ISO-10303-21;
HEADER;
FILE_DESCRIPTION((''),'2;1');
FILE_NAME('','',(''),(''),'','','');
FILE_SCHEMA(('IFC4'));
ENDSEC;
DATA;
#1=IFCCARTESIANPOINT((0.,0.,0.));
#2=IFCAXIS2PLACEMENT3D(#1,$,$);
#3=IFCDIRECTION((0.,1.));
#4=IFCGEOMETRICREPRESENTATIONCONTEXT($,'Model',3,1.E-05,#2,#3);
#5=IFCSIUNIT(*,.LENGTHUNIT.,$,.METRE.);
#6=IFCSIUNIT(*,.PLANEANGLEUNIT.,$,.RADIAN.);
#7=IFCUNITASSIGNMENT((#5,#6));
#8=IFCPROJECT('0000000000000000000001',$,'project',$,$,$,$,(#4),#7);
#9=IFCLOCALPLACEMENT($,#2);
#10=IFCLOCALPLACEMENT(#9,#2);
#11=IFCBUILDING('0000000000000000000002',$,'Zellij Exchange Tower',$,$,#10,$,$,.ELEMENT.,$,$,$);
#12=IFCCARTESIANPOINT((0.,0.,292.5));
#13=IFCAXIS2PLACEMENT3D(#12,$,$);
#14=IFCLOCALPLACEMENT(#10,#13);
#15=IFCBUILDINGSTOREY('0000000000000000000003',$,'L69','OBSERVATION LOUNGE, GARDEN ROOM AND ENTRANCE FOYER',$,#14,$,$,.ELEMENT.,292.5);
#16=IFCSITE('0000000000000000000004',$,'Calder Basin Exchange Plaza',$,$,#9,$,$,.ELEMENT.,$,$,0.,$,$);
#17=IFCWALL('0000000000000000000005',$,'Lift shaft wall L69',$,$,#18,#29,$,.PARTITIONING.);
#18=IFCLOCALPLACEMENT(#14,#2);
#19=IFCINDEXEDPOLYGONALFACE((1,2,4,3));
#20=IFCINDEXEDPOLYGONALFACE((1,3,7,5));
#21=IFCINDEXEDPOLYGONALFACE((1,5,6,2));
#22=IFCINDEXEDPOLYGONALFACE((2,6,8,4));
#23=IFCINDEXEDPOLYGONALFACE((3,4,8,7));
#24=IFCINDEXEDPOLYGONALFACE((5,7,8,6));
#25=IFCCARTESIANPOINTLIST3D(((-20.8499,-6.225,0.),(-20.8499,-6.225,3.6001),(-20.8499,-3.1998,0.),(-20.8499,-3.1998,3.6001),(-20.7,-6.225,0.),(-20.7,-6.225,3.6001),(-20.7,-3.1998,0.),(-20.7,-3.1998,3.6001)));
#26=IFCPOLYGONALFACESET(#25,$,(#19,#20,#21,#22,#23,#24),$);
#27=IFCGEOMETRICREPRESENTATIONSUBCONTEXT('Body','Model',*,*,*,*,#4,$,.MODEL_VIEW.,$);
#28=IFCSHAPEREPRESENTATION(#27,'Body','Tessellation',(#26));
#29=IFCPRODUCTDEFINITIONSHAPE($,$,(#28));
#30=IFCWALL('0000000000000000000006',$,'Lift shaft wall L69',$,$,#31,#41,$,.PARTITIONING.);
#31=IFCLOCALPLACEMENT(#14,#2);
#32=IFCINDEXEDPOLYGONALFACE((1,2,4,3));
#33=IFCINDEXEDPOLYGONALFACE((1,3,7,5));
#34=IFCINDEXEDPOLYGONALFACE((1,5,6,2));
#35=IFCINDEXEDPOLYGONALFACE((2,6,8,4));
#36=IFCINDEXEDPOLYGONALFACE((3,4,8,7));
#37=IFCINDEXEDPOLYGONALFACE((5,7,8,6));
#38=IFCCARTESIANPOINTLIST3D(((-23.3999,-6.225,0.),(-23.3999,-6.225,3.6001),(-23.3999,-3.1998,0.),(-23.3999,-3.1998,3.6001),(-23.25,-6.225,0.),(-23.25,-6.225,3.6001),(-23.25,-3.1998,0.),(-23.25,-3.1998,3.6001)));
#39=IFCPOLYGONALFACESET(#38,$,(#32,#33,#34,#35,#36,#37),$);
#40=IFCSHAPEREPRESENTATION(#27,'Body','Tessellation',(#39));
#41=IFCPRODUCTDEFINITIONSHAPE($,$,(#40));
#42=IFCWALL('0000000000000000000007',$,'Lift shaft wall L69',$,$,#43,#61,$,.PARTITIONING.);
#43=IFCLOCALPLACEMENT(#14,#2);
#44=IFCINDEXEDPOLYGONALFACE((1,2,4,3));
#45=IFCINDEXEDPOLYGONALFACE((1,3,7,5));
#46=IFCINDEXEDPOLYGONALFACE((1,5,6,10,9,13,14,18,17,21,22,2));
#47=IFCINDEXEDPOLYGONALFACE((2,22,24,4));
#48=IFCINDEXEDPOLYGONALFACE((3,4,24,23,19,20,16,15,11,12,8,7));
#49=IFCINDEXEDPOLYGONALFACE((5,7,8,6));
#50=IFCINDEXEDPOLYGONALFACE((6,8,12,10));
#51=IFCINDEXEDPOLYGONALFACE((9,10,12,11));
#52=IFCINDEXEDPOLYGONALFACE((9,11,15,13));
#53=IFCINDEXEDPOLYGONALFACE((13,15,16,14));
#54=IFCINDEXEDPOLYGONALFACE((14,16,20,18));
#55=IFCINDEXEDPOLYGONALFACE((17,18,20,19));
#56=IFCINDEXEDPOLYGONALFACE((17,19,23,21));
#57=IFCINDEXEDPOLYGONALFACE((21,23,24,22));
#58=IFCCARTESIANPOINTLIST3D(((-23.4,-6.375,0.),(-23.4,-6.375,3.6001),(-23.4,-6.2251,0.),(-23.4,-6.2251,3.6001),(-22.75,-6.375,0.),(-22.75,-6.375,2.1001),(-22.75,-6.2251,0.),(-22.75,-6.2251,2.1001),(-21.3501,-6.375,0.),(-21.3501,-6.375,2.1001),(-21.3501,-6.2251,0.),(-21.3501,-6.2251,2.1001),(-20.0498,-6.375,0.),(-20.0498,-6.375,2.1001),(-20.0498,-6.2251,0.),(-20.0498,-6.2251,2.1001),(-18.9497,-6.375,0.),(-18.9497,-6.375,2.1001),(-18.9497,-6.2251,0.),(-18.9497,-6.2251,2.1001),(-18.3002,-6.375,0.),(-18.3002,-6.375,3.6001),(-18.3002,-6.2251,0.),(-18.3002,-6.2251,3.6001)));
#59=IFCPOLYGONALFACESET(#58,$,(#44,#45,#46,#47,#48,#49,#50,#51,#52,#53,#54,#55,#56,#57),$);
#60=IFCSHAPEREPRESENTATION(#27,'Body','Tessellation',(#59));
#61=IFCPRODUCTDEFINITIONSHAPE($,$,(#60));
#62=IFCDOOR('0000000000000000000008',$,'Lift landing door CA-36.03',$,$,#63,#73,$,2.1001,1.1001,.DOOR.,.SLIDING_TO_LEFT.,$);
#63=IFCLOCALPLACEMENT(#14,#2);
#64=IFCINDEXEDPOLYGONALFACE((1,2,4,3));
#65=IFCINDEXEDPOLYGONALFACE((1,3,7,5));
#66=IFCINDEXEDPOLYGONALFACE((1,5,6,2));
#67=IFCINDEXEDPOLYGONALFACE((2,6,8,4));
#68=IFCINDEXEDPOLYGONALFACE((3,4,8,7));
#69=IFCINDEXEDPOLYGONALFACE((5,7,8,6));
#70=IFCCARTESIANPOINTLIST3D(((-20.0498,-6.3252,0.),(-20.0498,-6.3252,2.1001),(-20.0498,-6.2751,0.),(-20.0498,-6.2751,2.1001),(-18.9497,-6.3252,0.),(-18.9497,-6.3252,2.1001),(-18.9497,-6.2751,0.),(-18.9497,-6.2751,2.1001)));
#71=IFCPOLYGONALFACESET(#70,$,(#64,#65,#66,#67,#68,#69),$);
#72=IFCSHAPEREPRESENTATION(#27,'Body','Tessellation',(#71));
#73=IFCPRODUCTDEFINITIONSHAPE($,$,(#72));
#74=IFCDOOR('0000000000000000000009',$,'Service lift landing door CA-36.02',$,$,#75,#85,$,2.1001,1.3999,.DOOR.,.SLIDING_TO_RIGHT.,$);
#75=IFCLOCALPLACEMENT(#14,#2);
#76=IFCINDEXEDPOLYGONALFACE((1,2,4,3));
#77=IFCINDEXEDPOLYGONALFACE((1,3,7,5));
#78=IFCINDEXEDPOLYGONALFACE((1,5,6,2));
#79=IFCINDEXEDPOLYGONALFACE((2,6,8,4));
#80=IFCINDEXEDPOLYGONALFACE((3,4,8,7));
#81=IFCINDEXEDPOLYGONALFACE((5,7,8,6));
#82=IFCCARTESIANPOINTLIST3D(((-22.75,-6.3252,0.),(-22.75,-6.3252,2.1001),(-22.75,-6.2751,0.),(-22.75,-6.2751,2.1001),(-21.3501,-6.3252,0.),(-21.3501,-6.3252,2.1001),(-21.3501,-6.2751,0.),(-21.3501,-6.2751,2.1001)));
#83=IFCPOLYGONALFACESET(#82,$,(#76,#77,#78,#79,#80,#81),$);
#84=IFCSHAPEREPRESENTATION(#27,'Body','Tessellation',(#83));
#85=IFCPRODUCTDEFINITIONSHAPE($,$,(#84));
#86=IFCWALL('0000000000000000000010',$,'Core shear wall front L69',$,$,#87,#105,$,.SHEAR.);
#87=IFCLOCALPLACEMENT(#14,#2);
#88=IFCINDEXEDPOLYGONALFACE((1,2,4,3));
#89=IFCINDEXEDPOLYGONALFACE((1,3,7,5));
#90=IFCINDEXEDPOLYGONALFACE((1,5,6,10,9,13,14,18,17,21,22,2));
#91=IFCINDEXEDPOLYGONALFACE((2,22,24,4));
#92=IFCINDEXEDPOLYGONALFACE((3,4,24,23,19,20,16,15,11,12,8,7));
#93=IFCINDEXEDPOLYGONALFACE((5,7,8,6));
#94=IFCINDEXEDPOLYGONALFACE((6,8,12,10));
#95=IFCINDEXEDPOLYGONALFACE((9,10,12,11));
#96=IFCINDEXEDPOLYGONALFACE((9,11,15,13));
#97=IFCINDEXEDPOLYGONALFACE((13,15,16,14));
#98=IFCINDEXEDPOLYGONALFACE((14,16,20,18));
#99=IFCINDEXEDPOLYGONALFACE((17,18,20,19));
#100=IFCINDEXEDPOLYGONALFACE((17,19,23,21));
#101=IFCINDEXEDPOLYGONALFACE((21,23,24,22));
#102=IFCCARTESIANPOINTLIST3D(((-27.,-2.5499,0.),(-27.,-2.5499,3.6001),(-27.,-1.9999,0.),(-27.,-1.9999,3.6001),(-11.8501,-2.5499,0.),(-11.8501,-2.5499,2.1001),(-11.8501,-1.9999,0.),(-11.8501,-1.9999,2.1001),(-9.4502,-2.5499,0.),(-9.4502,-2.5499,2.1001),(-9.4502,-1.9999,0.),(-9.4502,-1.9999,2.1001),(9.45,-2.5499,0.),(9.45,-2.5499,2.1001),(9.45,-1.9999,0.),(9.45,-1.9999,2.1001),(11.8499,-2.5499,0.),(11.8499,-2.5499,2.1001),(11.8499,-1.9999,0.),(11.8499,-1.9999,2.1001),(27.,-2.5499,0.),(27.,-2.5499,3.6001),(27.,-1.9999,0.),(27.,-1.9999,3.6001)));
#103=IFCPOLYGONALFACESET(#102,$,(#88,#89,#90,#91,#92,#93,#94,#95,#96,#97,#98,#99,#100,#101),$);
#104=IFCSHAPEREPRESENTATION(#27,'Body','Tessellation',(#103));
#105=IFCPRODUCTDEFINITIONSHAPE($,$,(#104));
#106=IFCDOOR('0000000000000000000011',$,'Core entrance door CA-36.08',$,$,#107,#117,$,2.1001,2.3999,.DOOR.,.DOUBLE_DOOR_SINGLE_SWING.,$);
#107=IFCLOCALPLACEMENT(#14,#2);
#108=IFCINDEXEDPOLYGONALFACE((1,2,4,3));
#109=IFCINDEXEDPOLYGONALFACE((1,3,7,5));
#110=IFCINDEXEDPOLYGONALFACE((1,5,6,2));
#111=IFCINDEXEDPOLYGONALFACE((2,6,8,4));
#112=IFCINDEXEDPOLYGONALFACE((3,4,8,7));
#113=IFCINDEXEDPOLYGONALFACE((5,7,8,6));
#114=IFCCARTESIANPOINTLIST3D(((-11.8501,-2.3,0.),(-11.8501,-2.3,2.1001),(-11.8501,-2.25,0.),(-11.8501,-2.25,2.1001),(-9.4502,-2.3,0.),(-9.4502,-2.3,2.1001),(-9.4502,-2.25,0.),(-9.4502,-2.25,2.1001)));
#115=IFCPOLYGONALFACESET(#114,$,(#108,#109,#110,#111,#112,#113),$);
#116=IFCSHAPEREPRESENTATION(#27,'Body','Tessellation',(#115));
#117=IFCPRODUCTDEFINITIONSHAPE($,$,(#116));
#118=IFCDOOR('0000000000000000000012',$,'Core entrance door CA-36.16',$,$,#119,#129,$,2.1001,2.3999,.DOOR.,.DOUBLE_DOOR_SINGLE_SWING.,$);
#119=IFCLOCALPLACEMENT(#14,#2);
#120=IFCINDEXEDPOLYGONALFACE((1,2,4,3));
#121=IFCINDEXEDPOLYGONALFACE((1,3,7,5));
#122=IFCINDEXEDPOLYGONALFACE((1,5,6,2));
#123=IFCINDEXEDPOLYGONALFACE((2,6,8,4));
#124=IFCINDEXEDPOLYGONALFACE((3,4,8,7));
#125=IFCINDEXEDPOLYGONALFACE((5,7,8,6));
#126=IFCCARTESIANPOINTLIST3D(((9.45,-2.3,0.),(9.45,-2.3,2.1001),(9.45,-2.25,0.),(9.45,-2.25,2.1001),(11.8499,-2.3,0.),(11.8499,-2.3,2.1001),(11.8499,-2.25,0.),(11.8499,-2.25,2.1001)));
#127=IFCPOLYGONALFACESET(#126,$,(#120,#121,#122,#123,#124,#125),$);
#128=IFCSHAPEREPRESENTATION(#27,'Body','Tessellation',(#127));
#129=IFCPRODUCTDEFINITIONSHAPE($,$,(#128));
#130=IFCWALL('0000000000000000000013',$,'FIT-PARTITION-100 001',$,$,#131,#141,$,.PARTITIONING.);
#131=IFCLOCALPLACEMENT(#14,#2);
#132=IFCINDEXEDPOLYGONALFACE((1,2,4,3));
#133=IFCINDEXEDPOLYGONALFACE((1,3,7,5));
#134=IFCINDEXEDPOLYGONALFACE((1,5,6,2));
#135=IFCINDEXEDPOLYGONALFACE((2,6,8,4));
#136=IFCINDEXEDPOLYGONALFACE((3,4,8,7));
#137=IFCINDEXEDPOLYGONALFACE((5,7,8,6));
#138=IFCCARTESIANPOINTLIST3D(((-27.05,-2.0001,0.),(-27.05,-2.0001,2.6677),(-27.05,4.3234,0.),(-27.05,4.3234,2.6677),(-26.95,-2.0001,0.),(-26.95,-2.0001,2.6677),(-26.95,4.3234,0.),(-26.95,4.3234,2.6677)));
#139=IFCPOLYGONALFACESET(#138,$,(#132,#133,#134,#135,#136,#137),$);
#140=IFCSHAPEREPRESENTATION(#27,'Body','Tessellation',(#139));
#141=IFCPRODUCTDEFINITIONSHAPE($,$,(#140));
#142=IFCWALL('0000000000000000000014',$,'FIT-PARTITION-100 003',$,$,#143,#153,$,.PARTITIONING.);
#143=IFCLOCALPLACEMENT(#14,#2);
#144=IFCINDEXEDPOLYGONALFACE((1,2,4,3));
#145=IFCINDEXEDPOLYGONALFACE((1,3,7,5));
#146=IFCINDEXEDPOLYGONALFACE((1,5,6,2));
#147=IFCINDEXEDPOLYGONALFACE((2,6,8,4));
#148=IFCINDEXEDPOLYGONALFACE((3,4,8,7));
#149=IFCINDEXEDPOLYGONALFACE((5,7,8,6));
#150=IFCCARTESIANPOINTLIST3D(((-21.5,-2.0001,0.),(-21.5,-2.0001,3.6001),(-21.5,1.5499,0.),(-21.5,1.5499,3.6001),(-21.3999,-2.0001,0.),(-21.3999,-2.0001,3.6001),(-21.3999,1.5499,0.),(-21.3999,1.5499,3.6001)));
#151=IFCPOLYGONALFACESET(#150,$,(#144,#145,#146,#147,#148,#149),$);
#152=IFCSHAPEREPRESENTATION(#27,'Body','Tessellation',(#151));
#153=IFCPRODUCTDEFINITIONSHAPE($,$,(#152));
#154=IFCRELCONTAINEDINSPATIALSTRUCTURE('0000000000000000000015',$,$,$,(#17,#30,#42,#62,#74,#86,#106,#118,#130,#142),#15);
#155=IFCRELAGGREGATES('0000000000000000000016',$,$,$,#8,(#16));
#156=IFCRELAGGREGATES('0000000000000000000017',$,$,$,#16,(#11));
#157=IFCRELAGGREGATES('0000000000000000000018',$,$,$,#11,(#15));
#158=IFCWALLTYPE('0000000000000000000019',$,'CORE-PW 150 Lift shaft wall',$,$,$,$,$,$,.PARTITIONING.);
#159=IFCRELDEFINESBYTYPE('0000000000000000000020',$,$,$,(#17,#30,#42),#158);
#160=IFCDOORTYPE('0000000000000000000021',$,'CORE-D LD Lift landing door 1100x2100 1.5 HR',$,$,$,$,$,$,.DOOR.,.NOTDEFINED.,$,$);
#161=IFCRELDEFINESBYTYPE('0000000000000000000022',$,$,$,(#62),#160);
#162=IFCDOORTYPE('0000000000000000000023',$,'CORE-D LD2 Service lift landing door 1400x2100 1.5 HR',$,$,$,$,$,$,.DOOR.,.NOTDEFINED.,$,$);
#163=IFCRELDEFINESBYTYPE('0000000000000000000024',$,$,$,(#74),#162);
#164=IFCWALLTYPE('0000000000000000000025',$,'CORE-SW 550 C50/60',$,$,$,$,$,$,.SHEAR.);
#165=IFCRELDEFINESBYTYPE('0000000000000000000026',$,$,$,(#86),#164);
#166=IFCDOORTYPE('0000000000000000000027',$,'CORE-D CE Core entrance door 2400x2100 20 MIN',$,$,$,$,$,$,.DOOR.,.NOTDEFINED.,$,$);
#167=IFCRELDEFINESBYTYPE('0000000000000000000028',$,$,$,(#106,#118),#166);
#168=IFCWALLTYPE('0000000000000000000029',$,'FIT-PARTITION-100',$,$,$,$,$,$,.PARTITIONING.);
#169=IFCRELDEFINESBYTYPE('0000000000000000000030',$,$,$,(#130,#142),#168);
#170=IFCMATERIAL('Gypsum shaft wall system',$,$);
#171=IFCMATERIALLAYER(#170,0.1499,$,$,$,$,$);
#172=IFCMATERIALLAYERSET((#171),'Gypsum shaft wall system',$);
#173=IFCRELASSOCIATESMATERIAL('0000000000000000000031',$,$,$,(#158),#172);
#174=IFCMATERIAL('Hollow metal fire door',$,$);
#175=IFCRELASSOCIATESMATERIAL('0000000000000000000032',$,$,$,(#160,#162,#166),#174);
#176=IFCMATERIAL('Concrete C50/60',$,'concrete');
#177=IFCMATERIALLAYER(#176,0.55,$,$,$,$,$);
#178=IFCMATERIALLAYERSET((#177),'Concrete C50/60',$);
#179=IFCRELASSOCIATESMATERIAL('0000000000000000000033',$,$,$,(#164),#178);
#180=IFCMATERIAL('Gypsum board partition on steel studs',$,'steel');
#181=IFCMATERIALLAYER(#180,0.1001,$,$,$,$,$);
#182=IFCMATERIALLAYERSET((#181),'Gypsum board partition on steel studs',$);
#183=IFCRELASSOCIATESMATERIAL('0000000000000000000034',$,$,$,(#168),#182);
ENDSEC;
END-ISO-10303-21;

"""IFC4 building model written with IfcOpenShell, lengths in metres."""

from ifc_helpers import new_model, si_unit, direction, frame, frame_2d, origin, place, context, subcontext, project, spatial, rectangle, extrude, material, layer, layer_set, type_object, element, fill, save


model = new_model("IFC4")

# Units and contexts
model_context = context("Model", 3, precision=1e-05, world=origin(), true_north=direction((0.0, 1.0)))
body_context = subcontext(model_context, "Body", "Model", "MODEL_VIEW")
ifc_project = project(units=[si_unit("LENGTHUNIT", "METRE"), si_unit("PLANEANGLEUNIT", "RADIAN")], contexts=[model_context])

# Site, building, storey
site_placement = place(None, origin())
site = spatial("IfcSite", under=ifc_project, at=site_placement, Name="Calder Basin Exchange Plaza", CompositionType="ELEMENT", RefElevation=0.0)
building_placement = place(site_placement, origin())
building = spatial("IfcBuilding", under=site, at=building_placement, Name="Zellij Exchange Tower", CompositionType="ELEMENT")
storey_placement = place(building_placement, frame((0.0, 0.0, 292.5)))
storey = spatial("IfcBuildingStorey", under=building, at=storey_placement, Name="L69", Description="OBSERVATION LOUNGE, GARDEN ROOM AND ENTRANCE FOYER", CompositionType="ELEMENT", Elevation=292.5)

# Walls
ifc_material_1 = material(Name="Gypsum shaft wall system")
ifc_layer_1 = layer(ifc_material_1, 0.1499)
ifc_layer_set_1 = layer_set([ifc_layer_1], Name="Gypsum shaft wall system")
wall_type_1 = type_object("IfcWallType", Name="CORE-PW 150 Lift shaft wall", PredefinedType="PARTITIONING", material=ifc_layer_set_1)
for number, where, z_axis, x_axis, name in (
    (1, (-20.7749, -6.2251, 0.0), (0.0, 0.0, 1.0), (0.0, 1.0, 0.0), "Lift shaft wall L69"),
    (2, (-23.325, -6.2251, 0.0), (0.0, 0.0, 1.0), (0.0, 1.0, 0.0), "Lift shaft wall L69"),
):
    element("IfcWall", number, at=place(storey_placement, frame(where, z_axis=z_axis, x_axis=x_axis)), inside=storey, type_object=wall_type_1, Name=name, PredefinedType="PARTITIONING", context=body_context, shape_type="SweptSolid", body=[
        extrude(rectangle(XDim=3.0251, YDim=0.1499, at=frame_2d((1.5127, 0.0))), origin(), (0.0, 0.0, 1.0), 3.6001),
    ])

# Walls, openings, doors
wall_1_placement = place(storey_placement, frame((-23.3999, -6.3, 0.0), z_axis=(0.0, 0.0, 1.0), x_axis=(1.0, 0.0, 0.0)))
wall_1 = element("IfcWall", 3, at=wall_1_placement, inside=storey, type_object=wall_type_1, Name="Lift shaft wall L69", PredefinedType="PARTITIONING", context=body_context, shape_type="SweptSolid", body=[
    extrude(rectangle(XDim=5.0999, YDim=0.1499, at=frame_2d((2.5498, 0.0))), origin(), (0.0, 0.0, 1.0), 3.6001),
])
opening_1_placement = place(wall_1_placement, frame((0.6499, 0.0, 0.0)))
opening_1 = element("IfcOpeningElement", 4, at=opening_1_placement, cuts=wall_1, PredefinedType="OPENING", context=body_context, shape_type="SweptSolid", body=[
    extrude(rectangle(XDim=1.3999, YDim=2.1001, at=frame_2d((0.7, 1.05))), frame((0.0, 0.0869, 0.0), z_axis=(0.0, -1.0, 0.0), x_axis=(1.0, 0.0, 0.0)), (0.0, 0.0, 1.0), 0.1738),
])
opening_2_placement = place(wall_1_placement, frame((3.3501, 0.0, 0.0)))
opening_2 = element("IfcOpeningElement", 5, at=opening_2_placement, cuts=wall_1, PredefinedType="OPENING", context=body_context, shape_type="SweptSolid", body=[
    extrude(rectangle(XDim=1.1001, YDim=2.1001, at=frame_2d((0.55, 1.05))), frame((0.0, 0.0869, 0.0), z_axis=(0.0, -1.0, 0.0), x_axis=(1.0, 0.0, 0.0)), (0.0, 0.0, 1.0), 0.1738),
])
ifc_material_2 = material(Name="Hollow metal fire door")
door_type_1 = type_object("IfcDoorType", Name="CORE-D LD Lift landing door 1100x2100 1.5 HR", OperationType="NOTDEFINED", PredefinedType="DOOR", material=ifc_material_2)
door_1_placement = place(opening_2_placement, origin())
door_1 = element("IfcDoor", 6, at=door_1_placement, inside=storey, type_object=door_type_1, Name="Lift landing door CA-36.03", OperationType="SLIDING_TO_LEFT", OverallHeight=2.1001, OverallWidth=1.1001, PredefinedType="DOOR", context=body_context, shape_type="SweptSolid", body=[
    extrude(rectangle(XDim=1.1001, YDim=2.1001, at=frame_2d((0.55, 1.05))), frame((0.0, 0.0249, 0.0), z_axis=(0.0, -1.0, 0.0), x_axis=(1.0, 0.0, 0.0)), (0.0, 0.0, 1.0), 0.05),
])
fill(opening_2, door_1)
door_type_2 = type_object("IfcDoorType", Name="CORE-D LD2 Service lift landing door 1400x2100 1.5 HR", OperationType="NOTDEFINED", PredefinedType="DOOR", material=ifc_material_2)
door_2_placement = place(opening_1_placement, origin())
door_2 = element("IfcDoor", 7, at=door_2_placement, inside=storey, type_object=door_type_2, Name="Service lift landing door CA-36.02", OperationType="SLIDING_TO_RIGHT", OverallHeight=2.1001, OverallWidth=1.3999, PredefinedType="DOOR", context=body_context, shape_type="SweptSolid", body=[
    extrude(rectangle(XDim=1.3999, YDim=2.1001, at=frame_2d((0.7, 1.05))), frame((0.0, 0.0249, 0.0), z_axis=(0.0, -1.0, 0.0), x_axis=(1.0, 0.0, 0.0)), (0.0, 0.0, 1.0), 0.05),
])
fill(opening_1, door_2)
ifc_material_3 = material(Name="Concrete C50/60", Category="concrete")
ifc_layer_2 = layer(ifc_material_3, 0.55)
ifc_layer_set_2 = layer_set([ifc_layer_2], Name="Concrete C50/60")
wall_type_2 = type_object("IfcWallType", Name="CORE-SW 550 C50/60", PredefinedType="SHEAR", material=ifc_layer_set_2)
wall_2_placement = place(storey_placement, frame((-27.0, -2.2749, 0.0), z_axis=(0.0, 0.0, 1.0), x_axis=(1.0, 0.0, 0.0)))
wall_2 = element("IfcWall", 8, at=wall_2_placement, inside=storey, type_object=wall_type_2, Name="Core shear wall front L69", PredefinedType="SHEAR", context=body_context, shape_type="SweptSolid", body=[
    extrude(rectangle(XDim=54.0, YDim=0.55, at=frame_2d((27.0, 0.0))), origin(), (0.0, 0.0, 1.0), 3.6001),
])
opening_3_placement = place(wall_2_placement, frame((15.1499, 0.0, 0.0)))
opening_3 = element("IfcOpeningElement", 9, at=opening_3_placement, cuts=wall_2, PredefinedType="OPENING", context=body_context, shape_type="SweptSolid", body=[
    extrude(rectangle(XDim=2.3999, YDim=2.1001, at=frame_2d((1.2, 1.05))), frame((0.0, 0.2871, 0.0), z_axis=(0.0, -1.0, 0.0), x_axis=(1.0, 0.0, 0.0)), (0.0, 0.0, 1.0), 0.574),
])
opening_4_placement = place(wall_2_placement, frame((36.45, 0.0, 0.0)))
opening_4 = element("IfcOpeningElement", 10, at=opening_4_placement, cuts=wall_2, PredefinedType="OPENING", context=body_context, shape_type="SweptSolid", body=[
    extrude(rectangle(XDim=2.3999, YDim=2.1001, at=frame_2d((1.2, 1.05))), frame((0.0, 0.2871, 0.0), z_axis=(0.0, -1.0, 0.0), x_axis=(1.0, 0.0, 0.0)), (0.0, 0.0, 1.0), 0.574),
])
door_type_3 = type_object("IfcDoorType", Name="CORE-D CE Core entrance door 2400x2100 20 MIN", OperationType="NOTDEFINED", PredefinedType="DOOR", material=ifc_material_2)
door_3_placement = place(opening_3_placement, origin())
door_3 = element("IfcDoor", 11, at=door_3_placement, inside=storey, type_object=door_type_3, Name="Core entrance door CA-36.08", OperationType="DOUBLE_DOOR_SINGLE_SWING", OverallHeight=2.1001, OverallWidth=2.3999, PredefinedType="DOOR", context=body_context, shape_type="SweptSolid", body=[
    extrude(rectangle(XDim=2.3999, YDim=2.1001, at=frame_2d((1.2, 1.05))), frame((0.0, 0.0249, 0.0), z_axis=(0.0, -1.0, 0.0), x_axis=(1.0, 0.0, 0.0)), (0.0, 0.0, 1.0), 0.05),
])
fill(opening_3, door_3)
door_4_placement = place(opening_4_placement, origin())
door_4 = element("IfcDoor", 12, at=door_4_placement, inside=storey, type_object=door_type_3, Name="Core entrance door CA-36.16", OperationType="DOUBLE_DOOR_SINGLE_SWING", OverallHeight=2.1001, OverallWidth=2.3999, PredefinedType="DOOR", context=body_context, shape_type="SweptSolid", body=[
    extrude(rectangle(XDim=2.3999, YDim=2.1001, at=frame_2d((1.2, 1.05))), frame((0.0, 0.0249, 0.0), z_axis=(0.0, -1.0, 0.0), x_axis=(1.0, 0.0, 0.0)), (0.0, 0.0, 1.0), 0.05),
])
fill(opening_4, door_4)

# Walls
ifc_material_4 = material(Name="Gypsum board partition on steel studs", Category="steel")
ifc_layer_3 = layer(ifc_material_4, 0.1001)
ifc_layer_set_3 = layer_set([ifc_layer_3], Name="Gypsum board partition on steel studs")
wall_type_3 = type_object("IfcWallType", Name="FIT-PARTITION-100", PredefinedType="PARTITIONING", material=ifc_layer_set_3)
wall_3_placement = place(storey_placement, frame((-27.0, -2.0, 0.0), z_axis=(0.0, 0.0, 1.0), x_axis=(0.0, 1.0, 0.0)))
element("IfcWall", 13, at=wall_3_placement, inside=storey, type_object=wall_type_3, Name="FIT-PARTITION-100 001", PredefinedType="PARTITIONING", context=body_context, shape_type="SweptSolid", body=[
    extrude(rectangle(XDim=6.3235, YDim=0.1001, at=frame_2d((3.1616, 0.0))), origin(), (0.0, 0.0, 1.0), 2.6677),
])
wall_4_placement = place(storey_placement, frame((-21.45, -2.0, 0.0), z_axis=(0.0, 0.0, 1.0), x_axis=(0.0, 1.0, 0.0)))
element("IfcWall", 14, at=wall_4_placement, inside=storey, type_object=wall_type_3, Name="FIT-PARTITION-100 003", PredefinedType="PARTITIONING", context=body_context, shape_type="SweptSolid", body=[
    extrude(rectangle(XDim=3.55, YDim=0.1001, at=frame_2d((1.7749, 0.0))), origin(), (0.0, 0.0, 1.0), 3.6001),
])

save(model, "model.ifc")
